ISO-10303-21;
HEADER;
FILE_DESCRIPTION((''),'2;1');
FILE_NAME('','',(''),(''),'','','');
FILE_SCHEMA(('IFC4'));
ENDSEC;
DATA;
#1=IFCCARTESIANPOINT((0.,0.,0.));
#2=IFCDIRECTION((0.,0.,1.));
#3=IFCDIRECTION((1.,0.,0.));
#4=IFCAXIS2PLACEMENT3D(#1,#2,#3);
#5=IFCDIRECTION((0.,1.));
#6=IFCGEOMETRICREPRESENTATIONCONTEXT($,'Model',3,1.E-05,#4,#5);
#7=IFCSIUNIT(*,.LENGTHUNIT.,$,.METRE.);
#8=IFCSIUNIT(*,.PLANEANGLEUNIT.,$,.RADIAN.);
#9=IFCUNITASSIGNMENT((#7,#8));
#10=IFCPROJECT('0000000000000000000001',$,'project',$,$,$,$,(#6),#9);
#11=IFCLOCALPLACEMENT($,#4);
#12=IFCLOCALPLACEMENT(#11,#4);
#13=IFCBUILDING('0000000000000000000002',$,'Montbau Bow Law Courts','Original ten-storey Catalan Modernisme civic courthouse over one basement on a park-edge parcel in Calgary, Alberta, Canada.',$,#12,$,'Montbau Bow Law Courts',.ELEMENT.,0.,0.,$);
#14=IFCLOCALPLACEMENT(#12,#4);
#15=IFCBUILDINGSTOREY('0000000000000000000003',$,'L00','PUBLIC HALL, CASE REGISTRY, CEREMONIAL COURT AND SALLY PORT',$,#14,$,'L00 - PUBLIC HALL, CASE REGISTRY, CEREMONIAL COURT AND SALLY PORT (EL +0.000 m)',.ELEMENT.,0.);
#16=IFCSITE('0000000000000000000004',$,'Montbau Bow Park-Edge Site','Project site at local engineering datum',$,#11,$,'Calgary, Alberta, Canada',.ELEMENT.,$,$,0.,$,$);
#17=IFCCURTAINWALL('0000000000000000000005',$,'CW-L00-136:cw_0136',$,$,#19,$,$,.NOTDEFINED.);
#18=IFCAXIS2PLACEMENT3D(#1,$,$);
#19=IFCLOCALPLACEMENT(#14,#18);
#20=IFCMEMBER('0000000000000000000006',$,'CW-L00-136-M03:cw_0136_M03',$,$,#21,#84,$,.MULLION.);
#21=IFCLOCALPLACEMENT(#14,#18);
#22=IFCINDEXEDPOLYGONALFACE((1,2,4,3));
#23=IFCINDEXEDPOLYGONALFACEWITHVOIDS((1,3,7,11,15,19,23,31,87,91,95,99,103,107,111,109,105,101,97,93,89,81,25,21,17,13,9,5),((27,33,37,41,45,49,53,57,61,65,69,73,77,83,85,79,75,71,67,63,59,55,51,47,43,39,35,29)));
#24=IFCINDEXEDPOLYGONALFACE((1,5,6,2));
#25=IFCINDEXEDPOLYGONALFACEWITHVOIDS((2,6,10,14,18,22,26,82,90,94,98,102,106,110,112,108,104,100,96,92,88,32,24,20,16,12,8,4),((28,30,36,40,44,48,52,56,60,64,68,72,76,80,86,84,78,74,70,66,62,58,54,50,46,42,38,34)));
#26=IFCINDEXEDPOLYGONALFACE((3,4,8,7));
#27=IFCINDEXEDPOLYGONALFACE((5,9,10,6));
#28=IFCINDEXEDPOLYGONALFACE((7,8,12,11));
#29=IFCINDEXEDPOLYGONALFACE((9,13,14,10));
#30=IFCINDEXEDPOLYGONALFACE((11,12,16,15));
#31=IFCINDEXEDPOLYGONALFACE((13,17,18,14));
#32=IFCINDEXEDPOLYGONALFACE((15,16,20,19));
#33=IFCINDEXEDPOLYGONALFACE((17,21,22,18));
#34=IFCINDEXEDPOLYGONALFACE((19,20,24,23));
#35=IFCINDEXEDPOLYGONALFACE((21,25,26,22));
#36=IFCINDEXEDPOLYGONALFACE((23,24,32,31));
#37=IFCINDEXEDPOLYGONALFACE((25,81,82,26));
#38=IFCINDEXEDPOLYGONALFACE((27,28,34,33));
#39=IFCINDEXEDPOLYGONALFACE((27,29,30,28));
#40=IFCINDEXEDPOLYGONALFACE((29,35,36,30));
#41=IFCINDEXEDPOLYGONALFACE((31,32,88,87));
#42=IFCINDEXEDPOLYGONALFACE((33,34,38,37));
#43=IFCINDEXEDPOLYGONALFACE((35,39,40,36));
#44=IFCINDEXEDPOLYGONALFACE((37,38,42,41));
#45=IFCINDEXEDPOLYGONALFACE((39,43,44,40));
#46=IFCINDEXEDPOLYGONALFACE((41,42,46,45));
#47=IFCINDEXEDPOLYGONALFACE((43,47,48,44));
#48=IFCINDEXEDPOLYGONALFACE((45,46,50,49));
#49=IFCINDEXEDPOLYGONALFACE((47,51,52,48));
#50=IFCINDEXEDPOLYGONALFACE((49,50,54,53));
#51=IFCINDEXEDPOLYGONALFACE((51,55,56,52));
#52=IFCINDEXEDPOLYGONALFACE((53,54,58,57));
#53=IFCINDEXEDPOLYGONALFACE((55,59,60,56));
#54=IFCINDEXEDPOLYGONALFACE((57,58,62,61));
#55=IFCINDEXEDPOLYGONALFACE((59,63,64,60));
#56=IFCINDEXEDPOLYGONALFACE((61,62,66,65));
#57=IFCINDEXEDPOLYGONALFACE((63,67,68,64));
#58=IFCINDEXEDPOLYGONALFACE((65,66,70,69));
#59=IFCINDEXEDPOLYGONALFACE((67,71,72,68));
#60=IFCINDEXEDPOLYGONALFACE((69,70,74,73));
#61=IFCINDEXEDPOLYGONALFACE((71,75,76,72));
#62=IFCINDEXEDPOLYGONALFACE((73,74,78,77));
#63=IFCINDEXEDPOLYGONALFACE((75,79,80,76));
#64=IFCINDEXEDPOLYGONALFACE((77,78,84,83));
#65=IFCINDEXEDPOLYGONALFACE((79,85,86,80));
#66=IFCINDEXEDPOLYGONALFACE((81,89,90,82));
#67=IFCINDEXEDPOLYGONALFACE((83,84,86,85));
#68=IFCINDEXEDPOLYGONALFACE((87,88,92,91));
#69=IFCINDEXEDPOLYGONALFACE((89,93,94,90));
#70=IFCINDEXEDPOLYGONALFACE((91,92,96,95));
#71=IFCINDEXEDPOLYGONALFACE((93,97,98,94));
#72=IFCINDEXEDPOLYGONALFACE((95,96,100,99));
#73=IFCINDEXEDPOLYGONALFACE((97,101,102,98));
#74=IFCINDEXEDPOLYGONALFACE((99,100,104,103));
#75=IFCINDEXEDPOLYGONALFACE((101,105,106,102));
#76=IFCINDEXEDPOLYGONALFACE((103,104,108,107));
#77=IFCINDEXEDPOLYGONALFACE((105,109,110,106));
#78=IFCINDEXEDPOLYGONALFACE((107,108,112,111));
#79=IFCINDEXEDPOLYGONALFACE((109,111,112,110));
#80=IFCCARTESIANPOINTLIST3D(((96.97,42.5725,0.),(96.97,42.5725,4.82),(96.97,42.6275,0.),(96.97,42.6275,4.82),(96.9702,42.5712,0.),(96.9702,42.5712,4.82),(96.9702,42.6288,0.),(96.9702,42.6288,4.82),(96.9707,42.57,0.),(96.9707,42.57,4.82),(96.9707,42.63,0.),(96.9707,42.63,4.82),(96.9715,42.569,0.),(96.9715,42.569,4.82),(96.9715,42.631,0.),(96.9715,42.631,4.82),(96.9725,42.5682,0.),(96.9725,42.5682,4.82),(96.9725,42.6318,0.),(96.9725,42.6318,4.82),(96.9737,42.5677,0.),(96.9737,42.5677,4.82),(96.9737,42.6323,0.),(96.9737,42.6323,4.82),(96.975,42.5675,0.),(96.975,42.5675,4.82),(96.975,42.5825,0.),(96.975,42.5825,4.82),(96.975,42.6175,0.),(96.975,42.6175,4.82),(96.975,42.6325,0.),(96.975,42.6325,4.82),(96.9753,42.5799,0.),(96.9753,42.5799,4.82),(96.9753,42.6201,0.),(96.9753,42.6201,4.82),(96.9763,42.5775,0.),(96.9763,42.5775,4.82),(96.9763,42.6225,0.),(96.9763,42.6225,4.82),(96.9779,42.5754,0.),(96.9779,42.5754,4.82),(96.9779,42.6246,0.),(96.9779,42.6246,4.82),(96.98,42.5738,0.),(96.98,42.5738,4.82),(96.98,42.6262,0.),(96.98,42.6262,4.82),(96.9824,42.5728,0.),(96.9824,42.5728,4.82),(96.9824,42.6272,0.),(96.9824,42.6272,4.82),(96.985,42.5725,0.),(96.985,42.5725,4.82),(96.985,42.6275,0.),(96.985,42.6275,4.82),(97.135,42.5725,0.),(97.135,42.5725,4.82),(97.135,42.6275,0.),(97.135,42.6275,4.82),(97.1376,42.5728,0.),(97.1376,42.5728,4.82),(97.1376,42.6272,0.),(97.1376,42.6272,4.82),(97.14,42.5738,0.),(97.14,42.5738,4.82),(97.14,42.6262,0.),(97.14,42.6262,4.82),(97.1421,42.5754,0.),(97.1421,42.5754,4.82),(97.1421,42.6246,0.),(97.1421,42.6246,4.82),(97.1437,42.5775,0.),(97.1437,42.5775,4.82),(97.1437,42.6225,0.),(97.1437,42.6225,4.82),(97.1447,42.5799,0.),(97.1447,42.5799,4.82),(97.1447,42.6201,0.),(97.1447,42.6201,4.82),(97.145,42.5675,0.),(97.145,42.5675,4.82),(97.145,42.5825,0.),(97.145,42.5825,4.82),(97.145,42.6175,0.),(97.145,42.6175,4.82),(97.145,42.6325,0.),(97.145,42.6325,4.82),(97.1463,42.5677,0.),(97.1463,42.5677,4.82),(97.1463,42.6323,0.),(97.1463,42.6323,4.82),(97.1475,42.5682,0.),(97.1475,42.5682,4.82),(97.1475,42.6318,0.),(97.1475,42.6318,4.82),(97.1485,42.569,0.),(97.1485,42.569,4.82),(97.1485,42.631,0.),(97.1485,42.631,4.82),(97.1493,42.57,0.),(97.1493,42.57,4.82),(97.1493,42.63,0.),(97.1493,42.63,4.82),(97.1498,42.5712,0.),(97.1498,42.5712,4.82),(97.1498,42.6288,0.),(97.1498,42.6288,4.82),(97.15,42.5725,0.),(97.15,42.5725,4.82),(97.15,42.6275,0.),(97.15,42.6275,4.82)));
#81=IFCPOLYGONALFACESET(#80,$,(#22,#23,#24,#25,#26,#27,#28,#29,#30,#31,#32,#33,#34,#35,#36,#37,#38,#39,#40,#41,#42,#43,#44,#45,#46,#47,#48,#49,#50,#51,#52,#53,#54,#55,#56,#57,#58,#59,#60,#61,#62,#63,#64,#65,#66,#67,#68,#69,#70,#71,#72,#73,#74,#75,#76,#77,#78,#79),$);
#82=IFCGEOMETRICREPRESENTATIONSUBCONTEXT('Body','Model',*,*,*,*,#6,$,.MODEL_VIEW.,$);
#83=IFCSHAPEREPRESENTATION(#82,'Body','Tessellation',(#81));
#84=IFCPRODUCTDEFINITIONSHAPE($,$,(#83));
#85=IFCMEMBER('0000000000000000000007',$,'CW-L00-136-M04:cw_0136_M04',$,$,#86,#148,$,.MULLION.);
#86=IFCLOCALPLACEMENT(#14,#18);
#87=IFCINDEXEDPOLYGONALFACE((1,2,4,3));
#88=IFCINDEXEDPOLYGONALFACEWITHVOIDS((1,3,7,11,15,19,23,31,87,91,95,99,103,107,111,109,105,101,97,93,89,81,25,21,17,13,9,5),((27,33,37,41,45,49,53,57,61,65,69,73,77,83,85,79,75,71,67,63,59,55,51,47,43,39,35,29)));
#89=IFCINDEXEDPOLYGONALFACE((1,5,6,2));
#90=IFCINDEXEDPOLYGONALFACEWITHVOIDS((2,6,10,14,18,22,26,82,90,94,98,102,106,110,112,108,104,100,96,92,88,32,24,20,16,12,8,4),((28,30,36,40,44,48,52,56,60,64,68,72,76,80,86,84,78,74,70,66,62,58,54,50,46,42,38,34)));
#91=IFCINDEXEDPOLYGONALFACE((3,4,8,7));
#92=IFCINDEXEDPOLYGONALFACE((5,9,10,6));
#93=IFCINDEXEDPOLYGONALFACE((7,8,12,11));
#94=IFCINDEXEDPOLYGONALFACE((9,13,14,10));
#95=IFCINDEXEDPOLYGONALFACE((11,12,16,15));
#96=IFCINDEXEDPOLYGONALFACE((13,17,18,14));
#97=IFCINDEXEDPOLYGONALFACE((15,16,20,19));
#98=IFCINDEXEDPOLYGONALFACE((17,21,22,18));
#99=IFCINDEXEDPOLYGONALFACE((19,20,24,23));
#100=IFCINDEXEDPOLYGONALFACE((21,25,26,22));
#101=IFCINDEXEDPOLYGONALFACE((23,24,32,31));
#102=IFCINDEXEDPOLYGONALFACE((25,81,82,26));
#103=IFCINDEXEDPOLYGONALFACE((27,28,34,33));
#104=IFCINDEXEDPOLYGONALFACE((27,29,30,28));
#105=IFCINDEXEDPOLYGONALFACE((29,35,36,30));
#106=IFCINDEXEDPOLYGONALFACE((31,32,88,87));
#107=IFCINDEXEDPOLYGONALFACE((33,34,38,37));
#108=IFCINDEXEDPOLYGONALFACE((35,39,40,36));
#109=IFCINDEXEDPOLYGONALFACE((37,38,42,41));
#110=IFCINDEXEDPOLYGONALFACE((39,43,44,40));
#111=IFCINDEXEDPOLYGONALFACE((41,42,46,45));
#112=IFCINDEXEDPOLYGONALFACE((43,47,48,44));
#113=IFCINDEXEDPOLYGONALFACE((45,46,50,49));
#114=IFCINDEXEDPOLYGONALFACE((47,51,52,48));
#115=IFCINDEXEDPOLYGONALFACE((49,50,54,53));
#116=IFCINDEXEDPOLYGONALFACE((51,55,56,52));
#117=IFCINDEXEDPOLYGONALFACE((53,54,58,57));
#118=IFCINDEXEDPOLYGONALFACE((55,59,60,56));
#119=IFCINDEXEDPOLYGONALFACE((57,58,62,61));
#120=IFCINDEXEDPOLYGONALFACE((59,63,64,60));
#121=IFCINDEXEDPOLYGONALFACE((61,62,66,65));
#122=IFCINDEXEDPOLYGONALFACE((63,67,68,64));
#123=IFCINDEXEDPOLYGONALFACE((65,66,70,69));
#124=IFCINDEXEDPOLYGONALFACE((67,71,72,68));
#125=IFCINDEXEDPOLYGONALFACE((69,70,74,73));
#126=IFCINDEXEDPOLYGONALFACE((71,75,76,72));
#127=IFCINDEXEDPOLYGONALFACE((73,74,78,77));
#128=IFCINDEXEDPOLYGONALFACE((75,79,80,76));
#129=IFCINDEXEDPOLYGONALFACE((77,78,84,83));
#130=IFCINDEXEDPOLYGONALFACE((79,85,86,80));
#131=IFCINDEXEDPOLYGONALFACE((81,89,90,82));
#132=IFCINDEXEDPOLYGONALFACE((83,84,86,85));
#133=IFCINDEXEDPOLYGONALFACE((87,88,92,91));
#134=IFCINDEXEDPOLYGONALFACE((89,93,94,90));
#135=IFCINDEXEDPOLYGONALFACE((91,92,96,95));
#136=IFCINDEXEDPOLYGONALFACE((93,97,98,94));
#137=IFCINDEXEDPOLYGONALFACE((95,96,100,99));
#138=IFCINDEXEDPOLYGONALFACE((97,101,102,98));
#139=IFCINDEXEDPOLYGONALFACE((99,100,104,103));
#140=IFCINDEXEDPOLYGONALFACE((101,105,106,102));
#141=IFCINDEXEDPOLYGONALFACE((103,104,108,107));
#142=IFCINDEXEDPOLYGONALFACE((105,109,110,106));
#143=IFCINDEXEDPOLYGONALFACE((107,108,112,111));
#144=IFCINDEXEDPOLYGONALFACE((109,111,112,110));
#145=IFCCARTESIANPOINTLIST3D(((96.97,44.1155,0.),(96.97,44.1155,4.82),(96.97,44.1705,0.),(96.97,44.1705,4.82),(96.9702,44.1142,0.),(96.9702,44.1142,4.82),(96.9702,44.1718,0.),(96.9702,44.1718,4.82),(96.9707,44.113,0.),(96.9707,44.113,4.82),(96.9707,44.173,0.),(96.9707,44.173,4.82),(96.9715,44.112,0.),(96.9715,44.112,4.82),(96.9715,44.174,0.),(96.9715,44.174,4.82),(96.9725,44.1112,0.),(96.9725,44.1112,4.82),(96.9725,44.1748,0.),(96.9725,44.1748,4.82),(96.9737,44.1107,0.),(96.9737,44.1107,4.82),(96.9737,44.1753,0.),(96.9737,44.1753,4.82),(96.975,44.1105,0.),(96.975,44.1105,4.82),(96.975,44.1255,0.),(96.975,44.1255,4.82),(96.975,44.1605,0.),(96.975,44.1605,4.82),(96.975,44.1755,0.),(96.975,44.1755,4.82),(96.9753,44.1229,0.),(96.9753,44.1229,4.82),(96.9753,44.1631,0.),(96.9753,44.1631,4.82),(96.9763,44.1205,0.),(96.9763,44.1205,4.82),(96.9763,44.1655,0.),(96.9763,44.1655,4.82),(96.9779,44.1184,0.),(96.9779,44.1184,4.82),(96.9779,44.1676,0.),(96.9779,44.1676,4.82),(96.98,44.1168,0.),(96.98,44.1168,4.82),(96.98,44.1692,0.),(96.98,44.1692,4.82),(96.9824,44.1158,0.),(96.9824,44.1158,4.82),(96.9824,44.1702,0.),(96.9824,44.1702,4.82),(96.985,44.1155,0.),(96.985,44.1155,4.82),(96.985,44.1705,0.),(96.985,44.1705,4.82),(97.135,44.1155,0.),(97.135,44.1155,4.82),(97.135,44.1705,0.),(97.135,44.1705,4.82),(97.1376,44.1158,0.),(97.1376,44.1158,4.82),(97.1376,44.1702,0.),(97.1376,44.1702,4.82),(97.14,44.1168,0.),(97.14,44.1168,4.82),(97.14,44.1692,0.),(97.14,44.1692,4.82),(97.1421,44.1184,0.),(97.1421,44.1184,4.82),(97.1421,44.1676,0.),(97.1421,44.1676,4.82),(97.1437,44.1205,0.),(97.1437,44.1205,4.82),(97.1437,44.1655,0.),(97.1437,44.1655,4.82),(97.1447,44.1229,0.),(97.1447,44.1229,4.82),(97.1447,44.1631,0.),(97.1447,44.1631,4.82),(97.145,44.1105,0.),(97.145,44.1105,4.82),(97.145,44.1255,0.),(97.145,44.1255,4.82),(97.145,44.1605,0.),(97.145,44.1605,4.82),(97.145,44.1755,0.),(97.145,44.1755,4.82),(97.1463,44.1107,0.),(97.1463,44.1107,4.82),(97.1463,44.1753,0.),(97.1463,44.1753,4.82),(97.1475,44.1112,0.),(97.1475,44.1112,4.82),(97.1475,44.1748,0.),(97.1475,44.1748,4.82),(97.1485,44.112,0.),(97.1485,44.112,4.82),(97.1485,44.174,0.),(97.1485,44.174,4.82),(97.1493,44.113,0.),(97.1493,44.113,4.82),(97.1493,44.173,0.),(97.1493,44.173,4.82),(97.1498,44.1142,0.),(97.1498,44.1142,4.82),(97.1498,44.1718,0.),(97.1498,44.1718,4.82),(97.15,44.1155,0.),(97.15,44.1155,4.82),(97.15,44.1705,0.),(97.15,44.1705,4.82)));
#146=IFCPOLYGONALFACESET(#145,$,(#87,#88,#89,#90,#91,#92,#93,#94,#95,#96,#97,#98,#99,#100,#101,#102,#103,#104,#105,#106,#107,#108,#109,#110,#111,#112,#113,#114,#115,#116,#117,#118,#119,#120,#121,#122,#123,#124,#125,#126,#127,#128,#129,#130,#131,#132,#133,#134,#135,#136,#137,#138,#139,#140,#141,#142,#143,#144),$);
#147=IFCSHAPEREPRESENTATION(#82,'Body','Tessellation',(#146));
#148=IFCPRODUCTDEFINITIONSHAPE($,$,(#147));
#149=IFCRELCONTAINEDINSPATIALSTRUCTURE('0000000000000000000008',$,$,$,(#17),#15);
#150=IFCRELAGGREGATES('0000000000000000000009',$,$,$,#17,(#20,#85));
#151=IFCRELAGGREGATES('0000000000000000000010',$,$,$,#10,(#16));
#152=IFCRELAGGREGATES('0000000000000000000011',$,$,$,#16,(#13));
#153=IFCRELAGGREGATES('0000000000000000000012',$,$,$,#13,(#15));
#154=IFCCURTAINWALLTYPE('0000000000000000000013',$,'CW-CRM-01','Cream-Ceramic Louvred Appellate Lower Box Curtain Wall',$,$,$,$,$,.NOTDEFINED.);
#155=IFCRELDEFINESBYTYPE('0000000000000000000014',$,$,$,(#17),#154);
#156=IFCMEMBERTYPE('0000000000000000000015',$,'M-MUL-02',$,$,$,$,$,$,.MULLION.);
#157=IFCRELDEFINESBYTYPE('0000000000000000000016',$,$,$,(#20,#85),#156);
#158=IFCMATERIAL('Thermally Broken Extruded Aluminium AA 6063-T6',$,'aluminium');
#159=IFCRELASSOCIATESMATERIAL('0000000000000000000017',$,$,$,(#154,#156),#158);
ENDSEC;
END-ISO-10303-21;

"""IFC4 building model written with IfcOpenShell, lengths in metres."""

from ifc_helpers import new_model, si_unit, direction, frame, origin_with_axes, origin_2d_with_axis, place, context, subcontext, project, spatial, hollow_rectangle, extrude, material, material_profile, profile_set, type_object, element, aggregate, save


model = new_model("IFC4")

# Units and contexts
model_context = context("Model", 3, precision=1e-05, world=origin_with_axes(), true_north=direction((0.0, 1.0)))
body_context = subcontext(model_context, "Body", "Model", "MODEL_VIEW")
ifc_project = project(units=[si_unit("LENGTHUNIT", "METRE"), si_unit("PLANEANGLEUNIT", "RADIAN")], contexts=[model_context])

# Site, building, storey
site_placement = place(None, origin_with_axes())
site = spatial("IfcSite", under=ifc_project, at=site_placement, Name="Montbau Bow Park-Edge Site", Description="Project site at local engineering datum", LongName="Calgary, Alberta, Canada", CompositionType="ELEMENT", RefElevation=0.0)
building_placement = place(site_placement, origin_with_axes())
building = spatial("IfcBuilding", under=site, at=building_placement, Name="Montbau Bow Law Courts", Description="Original ten-storey Catalan Modernisme civic courthouse over one basement on a park-edge parcel in Calgary, Alberta, Canada.", LongName="Montbau Bow Law Courts", CompositionType="ELEMENT", ElevationOfRefHeight=0.0, ElevationOfTerrain=0.0)
storey_placement = place(building_placement, origin_with_axes())
storey = spatial("IfcBuildingStorey", under=building, at=storey_placement, Name="L00", Description="PUBLIC HALL, CASE REGISTRY, CEREMONIAL COURT AND SALLY PORT", LongName="L00 - PUBLIC HALL, CASE REGISTRY, CEREMONIAL COURT AND SALLY PORT (EL +0.000 m)", CompositionType="ELEMENT", Elevation=0.0)

# Curtain wall, members
ifc_material_1 = material(Name="Thermally Broken Extruded Aluminium AA 6063-T6", Category="aluminium")
curtain_wall_type = type_object("IfcCurtainWallType", Name="CW-CRM-01", Description="Cream-Ceramic Louvred Appellate Lower Box Curtain Wall", PredefinedType="NOTDEFINED", material=ifc_material_1)
curtain_wall_1_placement = place(None, frame((97.06, 39.515, 0.0), z_axis=(0.0, 0.0, 1.0), x_axis=(1.0, 0.0, 0.0)))
curtain_wall_1 = element("IfcCurtainWall", 1, at=curtain_wall_1_placement, inside=storey, type_object=curtain_wall_type, Name="CW-L00-136:cw_0136", PredefinedType="NOTDEFINED")
ifc_material_profile_1 = material_profile(ifc_material_1, hollow_rectangle(XDim=0.065, YDim=0.18, WallThickness=0.005, InnerFilletRadius=0.01, OuterFilletRadius=0.005, at=origin_2d_with_axis()), Name="CWM-180X65", Category="Main", Priority=0)
ifc_profile_set_1 = profile_set([ifc_material_profile_1], Name="Thermally Broken Extruded Aluminium AA 6063-T6")
member_type_1 = type_object("IfcMemberType", Name="M-MUL-02", PredefinedType="MULLION", material=ifc_profile_set_1)
member_1_placement = place(None, frame((97.06, 42.6, 0.0), z_axis=(0.0, 0.0, 1.0), x_axis=(0.0, 1.0, 0.0)))
member_1 = element("IfcMember", 2, at=member_1_placement, type_object=member_type_1, Name="CW-L00-136-M03:cw_0136_M03", PredefinedType="MULLION", context=body_context, shape_type="SweptSolid", body=[
    extrude(hollow_rectangle(XDim=0.065, YDim=0.18, WallThickness=0.005, InnerFilletRadius=0.01, OuterFilletRadius=0.005, at=origin_2d_with_axis()), origin_with_axes(), (0.0, 0.0, 1.0), 4.82),
])
member_2_placement = place(None, frame((97.06, 44.143, 0.0), z_axis=(0.0, 0.0, 1.0), x_axis=(0.0, 1.0, 0.0)))
member_2 = element("IfcMember", 3, at=member_2_placement, type_object=member_type_1, Name="CW-L00-136-M04:cw_0136_M04", PredefinedType="MULLION", context=body_context, shape_type="SweptSolid", body=[
    extrude(hollow_rectangle(XDim=0.065, YDim=0.18, WallThickness=0.005, InnerFilletRadius=0.01, OuterFilletRadius=0.005, at=origin_2d_with_axis()), origin_with_axes(), (0.0, 0.0, 1.0), 4.82),
])

aggregate(curtain_wall_1, [member_1, member_2])

save(model, "model.ifc")
